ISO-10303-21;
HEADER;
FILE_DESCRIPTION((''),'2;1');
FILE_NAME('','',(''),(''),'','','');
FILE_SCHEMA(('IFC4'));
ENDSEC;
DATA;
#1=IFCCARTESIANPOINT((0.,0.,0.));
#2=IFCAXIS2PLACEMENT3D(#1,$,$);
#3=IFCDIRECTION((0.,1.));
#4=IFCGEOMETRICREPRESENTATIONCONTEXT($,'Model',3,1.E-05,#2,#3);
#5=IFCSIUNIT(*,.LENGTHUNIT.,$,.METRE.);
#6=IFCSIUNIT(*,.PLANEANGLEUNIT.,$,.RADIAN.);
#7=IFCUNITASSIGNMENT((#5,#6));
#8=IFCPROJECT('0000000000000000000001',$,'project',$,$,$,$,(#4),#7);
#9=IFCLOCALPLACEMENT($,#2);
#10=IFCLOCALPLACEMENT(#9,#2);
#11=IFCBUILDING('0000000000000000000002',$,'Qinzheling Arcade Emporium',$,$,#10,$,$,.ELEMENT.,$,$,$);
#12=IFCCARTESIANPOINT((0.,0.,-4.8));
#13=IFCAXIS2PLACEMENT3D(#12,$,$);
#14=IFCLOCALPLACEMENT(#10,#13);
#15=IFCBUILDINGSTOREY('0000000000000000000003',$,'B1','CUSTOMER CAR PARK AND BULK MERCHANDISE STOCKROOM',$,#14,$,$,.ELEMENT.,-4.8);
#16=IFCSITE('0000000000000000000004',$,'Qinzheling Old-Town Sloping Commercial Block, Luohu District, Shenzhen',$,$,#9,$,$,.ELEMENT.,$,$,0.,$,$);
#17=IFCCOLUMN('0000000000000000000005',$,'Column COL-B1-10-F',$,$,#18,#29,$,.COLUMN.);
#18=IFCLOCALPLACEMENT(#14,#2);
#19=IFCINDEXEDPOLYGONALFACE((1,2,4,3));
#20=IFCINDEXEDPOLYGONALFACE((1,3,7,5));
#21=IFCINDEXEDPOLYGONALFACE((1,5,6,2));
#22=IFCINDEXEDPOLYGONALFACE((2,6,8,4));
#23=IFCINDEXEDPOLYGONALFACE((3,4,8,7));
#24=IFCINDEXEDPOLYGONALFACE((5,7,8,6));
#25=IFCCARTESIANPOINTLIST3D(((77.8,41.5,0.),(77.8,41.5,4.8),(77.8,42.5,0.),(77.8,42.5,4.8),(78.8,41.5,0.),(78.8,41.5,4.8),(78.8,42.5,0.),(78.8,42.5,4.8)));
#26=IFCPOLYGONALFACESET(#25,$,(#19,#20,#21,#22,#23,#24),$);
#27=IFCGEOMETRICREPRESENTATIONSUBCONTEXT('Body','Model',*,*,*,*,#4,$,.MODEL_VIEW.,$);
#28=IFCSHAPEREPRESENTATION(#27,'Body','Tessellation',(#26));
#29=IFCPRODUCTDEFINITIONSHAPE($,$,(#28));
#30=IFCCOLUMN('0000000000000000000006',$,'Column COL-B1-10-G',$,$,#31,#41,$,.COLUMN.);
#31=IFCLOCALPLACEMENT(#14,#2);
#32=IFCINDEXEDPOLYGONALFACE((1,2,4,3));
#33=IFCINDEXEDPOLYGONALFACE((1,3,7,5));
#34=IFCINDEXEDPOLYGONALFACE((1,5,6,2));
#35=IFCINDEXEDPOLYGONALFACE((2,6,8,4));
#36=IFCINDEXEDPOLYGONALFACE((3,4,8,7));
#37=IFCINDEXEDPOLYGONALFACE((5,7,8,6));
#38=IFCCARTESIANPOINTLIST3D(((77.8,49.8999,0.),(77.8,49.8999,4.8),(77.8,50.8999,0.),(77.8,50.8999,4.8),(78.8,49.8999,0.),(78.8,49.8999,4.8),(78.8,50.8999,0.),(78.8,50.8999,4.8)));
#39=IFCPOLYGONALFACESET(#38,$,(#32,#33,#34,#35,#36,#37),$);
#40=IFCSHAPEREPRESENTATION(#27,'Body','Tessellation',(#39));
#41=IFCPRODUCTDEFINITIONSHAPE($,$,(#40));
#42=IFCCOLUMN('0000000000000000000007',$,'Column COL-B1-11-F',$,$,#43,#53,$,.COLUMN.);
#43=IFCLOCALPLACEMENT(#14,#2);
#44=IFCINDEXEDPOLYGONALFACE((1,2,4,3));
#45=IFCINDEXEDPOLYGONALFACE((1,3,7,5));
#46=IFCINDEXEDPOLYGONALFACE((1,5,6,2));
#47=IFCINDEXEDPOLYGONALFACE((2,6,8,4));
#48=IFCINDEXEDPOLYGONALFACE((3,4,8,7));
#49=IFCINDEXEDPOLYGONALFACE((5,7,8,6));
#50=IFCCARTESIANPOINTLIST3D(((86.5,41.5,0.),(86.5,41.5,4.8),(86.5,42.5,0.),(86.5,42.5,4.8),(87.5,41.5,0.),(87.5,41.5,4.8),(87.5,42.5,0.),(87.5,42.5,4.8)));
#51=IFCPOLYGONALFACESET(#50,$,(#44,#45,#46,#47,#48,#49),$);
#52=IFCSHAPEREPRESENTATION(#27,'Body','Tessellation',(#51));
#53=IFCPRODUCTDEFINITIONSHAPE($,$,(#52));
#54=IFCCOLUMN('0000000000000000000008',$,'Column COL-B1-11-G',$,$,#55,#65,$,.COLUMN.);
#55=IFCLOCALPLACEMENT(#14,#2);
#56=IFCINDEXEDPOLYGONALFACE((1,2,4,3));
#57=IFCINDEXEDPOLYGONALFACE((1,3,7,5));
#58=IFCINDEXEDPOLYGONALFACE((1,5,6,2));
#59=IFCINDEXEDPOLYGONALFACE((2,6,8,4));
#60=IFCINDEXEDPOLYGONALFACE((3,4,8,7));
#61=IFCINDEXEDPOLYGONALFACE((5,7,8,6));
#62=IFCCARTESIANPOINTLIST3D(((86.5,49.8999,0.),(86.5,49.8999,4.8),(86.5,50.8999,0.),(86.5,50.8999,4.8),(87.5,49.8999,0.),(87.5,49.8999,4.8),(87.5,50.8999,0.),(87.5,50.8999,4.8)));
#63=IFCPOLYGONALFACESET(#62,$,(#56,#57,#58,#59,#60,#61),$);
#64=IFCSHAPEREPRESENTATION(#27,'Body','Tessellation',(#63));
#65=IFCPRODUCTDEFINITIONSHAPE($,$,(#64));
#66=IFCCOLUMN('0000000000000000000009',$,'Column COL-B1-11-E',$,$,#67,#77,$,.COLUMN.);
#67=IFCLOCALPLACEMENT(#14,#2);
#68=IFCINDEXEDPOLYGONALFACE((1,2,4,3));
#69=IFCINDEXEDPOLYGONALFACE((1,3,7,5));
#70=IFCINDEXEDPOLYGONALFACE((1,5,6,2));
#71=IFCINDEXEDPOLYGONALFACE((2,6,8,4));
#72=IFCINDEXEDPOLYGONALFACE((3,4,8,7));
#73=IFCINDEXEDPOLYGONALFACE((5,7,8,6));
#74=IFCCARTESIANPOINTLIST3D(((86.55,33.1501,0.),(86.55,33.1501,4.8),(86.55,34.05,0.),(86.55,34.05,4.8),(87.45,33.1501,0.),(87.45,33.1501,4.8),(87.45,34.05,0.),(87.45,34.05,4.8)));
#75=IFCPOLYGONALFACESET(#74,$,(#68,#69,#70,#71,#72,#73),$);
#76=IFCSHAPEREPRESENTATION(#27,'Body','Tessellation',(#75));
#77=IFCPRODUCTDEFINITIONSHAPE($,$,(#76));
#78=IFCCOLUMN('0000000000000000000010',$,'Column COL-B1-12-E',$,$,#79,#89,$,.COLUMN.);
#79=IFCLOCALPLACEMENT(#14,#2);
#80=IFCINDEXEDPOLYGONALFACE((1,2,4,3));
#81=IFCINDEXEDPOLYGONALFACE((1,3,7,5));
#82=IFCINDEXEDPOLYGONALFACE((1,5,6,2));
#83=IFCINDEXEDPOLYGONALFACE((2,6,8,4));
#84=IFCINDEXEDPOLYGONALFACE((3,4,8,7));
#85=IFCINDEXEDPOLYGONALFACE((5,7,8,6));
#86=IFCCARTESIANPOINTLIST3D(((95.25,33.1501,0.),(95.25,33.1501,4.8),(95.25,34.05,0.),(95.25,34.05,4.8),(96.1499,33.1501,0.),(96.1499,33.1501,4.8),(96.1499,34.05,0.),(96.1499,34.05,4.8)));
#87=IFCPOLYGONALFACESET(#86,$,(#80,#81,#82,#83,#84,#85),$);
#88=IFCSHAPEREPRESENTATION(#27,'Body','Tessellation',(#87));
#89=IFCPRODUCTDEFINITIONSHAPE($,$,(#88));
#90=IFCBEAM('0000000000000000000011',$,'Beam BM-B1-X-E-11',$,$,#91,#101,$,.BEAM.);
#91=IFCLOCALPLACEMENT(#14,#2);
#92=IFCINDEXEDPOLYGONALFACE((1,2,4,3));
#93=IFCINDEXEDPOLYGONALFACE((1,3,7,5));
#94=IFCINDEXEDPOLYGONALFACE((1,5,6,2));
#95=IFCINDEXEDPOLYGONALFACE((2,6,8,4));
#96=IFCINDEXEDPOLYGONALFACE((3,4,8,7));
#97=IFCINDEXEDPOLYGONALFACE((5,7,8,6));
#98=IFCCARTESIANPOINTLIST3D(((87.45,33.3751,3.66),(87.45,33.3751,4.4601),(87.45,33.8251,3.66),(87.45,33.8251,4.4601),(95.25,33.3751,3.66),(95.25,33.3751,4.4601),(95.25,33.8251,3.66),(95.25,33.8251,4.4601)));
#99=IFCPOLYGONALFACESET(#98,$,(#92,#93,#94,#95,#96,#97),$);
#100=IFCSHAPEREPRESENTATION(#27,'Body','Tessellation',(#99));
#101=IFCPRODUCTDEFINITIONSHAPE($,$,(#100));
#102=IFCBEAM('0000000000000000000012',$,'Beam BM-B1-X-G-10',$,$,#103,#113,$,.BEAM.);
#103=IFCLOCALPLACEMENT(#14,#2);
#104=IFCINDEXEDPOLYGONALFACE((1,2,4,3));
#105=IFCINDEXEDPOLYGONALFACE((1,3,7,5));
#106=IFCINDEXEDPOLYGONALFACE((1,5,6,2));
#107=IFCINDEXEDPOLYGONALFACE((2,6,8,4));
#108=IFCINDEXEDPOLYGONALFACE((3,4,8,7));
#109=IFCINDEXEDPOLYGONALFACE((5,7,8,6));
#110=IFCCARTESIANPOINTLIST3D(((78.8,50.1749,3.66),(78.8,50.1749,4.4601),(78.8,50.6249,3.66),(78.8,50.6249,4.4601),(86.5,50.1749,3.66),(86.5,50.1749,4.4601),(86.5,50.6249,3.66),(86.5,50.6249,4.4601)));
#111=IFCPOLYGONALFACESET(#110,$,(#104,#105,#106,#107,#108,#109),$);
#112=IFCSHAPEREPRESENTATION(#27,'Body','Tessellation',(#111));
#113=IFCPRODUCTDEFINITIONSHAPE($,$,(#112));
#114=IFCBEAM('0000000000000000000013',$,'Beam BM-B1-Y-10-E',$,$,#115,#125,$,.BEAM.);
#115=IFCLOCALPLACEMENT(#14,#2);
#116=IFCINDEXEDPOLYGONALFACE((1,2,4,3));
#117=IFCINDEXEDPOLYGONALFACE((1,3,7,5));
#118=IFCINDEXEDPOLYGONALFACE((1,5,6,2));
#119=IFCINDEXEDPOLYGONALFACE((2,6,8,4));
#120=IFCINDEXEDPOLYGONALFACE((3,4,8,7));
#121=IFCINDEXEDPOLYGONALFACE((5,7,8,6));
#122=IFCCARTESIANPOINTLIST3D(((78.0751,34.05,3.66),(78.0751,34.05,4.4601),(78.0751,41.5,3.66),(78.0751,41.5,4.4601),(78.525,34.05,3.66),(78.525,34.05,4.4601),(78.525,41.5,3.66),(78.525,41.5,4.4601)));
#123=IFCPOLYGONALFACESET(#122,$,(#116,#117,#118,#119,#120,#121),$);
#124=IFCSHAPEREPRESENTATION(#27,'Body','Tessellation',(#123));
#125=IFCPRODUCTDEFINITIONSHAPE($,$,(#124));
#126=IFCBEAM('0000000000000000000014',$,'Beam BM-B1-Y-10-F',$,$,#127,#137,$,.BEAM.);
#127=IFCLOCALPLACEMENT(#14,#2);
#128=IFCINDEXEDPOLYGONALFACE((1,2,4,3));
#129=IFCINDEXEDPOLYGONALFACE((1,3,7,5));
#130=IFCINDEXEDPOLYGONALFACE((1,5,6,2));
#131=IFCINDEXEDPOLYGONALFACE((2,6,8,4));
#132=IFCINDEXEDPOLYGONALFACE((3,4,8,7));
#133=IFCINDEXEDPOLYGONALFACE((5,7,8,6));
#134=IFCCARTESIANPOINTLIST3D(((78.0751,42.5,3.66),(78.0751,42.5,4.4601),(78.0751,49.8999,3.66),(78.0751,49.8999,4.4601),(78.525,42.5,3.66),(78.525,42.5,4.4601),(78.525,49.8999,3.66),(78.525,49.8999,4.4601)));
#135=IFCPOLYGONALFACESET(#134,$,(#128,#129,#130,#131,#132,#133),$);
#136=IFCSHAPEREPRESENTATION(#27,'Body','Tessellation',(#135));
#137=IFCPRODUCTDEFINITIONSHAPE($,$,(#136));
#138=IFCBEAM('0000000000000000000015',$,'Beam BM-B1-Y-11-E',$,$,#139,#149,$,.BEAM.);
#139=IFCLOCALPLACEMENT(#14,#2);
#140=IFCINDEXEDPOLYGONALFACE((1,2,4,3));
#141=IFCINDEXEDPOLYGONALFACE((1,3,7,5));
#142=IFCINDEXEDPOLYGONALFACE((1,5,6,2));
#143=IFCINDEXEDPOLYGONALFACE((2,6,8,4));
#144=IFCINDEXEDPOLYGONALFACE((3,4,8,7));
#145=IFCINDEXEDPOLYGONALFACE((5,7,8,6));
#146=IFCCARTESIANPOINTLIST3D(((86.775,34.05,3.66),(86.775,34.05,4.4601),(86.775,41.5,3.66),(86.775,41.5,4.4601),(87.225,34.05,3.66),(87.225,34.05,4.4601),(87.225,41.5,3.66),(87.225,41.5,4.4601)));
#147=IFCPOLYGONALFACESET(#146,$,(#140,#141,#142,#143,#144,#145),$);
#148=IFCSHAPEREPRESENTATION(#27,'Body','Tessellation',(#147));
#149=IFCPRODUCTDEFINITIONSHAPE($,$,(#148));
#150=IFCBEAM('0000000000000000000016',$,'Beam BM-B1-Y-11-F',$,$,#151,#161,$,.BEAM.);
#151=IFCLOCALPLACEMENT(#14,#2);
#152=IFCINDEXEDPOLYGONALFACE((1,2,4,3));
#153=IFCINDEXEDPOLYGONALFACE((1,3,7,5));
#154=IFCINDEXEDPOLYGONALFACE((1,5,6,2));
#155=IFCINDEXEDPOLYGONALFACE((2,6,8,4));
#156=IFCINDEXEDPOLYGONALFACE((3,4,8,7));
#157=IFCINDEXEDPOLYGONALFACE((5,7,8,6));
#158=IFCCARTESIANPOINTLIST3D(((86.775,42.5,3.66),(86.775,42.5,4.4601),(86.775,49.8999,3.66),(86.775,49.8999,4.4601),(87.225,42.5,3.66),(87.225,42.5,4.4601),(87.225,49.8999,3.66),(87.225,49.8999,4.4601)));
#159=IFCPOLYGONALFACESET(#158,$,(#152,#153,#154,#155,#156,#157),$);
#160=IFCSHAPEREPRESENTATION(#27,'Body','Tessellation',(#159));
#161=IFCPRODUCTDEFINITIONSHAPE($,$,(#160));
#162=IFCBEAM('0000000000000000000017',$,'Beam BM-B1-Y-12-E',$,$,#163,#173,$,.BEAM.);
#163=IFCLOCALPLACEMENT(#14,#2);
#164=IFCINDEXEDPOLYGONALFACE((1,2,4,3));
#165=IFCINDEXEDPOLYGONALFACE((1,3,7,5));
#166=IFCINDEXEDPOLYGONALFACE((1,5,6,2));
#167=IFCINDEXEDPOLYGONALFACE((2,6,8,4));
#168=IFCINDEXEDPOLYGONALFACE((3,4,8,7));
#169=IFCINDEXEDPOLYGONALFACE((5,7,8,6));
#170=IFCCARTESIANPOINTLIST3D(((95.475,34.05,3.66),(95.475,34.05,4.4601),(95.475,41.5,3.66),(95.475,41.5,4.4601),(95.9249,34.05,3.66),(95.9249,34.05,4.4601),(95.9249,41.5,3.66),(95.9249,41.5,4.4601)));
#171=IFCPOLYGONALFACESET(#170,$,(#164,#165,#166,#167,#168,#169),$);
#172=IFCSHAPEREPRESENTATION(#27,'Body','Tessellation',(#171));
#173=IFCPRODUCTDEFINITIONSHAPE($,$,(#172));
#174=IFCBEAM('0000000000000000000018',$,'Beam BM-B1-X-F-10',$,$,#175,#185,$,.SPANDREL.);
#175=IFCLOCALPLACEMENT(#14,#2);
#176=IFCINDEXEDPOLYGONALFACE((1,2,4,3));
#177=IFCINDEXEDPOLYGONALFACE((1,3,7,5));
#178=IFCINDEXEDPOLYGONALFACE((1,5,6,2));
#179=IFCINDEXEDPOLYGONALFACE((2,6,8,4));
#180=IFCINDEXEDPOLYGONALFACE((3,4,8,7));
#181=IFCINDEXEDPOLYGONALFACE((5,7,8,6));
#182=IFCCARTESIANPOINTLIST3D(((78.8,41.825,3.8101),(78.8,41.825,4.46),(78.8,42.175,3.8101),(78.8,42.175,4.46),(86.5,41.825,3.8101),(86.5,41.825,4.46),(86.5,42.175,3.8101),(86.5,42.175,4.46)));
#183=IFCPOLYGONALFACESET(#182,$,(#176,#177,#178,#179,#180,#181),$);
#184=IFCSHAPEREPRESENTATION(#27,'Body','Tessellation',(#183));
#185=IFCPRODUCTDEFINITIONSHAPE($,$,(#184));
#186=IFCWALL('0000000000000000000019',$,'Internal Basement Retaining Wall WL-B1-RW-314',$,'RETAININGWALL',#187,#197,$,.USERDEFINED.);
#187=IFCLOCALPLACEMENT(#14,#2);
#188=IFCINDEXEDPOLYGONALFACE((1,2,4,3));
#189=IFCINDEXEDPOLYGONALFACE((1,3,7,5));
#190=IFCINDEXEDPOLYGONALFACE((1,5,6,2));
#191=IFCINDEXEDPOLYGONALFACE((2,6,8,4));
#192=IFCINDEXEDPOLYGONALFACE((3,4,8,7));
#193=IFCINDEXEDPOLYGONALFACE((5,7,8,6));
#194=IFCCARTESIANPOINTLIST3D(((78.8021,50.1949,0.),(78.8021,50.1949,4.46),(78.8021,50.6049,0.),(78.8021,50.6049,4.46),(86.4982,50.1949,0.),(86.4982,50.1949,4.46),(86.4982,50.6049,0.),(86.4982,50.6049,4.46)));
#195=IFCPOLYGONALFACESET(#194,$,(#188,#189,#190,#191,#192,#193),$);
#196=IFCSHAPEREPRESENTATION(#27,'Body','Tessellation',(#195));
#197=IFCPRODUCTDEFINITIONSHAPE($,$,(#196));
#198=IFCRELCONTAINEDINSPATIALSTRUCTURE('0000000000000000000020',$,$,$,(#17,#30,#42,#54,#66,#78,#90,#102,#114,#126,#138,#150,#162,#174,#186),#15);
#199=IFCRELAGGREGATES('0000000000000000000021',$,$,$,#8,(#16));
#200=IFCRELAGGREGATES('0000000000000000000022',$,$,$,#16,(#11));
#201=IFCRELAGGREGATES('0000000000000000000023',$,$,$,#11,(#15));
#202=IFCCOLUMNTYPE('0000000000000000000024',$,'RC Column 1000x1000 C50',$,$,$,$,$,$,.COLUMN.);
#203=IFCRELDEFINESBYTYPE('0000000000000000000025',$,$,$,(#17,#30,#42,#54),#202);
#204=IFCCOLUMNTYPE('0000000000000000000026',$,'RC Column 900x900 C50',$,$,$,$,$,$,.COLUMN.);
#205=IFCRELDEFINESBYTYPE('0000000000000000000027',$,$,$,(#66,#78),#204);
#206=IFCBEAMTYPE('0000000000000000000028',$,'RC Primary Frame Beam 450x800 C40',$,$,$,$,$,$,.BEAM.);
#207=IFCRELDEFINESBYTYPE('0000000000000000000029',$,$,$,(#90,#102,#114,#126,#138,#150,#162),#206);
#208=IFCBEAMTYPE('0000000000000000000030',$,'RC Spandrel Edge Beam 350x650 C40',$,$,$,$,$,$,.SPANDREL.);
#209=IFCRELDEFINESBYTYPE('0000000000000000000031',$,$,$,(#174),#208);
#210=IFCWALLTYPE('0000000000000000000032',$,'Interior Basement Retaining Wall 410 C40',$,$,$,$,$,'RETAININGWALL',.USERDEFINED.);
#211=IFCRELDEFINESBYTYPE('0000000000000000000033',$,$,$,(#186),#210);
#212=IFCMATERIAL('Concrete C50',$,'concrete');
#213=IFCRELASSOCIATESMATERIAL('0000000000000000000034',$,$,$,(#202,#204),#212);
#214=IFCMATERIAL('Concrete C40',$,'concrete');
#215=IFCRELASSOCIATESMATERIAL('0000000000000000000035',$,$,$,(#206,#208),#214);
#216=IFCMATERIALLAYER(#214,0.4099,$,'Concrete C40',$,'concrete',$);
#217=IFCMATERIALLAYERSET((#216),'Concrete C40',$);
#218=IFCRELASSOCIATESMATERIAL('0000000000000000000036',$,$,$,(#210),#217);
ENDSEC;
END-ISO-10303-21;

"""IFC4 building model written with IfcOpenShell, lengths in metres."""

from ifc_helpers import new_model, si_unit, direction, frame, frame_2d, origin, origin_2d, place, context, subcontext, project, spatial, rectangle, extrude, material, layer, layer_set, material_profile, profile_set, type_object, element, save


model = new_model("IFC4")

# Units and contexts
model_context = context("Model", 3, precision=1e-05, world=origin(), true_north=direction((0.0, 1.0)))
body_context = subcontext(model_context, "Body", "Model", "MODEL_VIEW")
ifc_project = project(units=[si_unit("LENGTHUNIT", "METRE"), si_unit("PLANEANGLEUNIT", "RADIAN")], contexts=[model_context])

# Site, building, storey
site_placement = place(None, origin())
site = spatial("IfcSite", under=ifc_project, at=site_placement, Name="Qinzheling Old-Town Sloping Commercial Block, Luohu District, Shenzhen", CompositionType="ELEMENT", RefElevation=0.0)
building_placement = place(site_placement, origin())
building = spatial("IfcBuilding", under=site, at=building_placement, Name="Qinzheling Arcade Emporium", CompositionType="ELEMENT")
storey_placement = place(building_placement, frame((0.0, 0.0, -4.8)))
storey = spatial("IfcBuildingStorey", under=building, at=storey_placement, Name="B1", Description="CUSTOMER CAR PARK AND BULK MERCHANDISE STOCKROOM", CompositionType="ELEMENT", Elevation=-4.8)

# Columns
ifc_material_1 = material(Name="Concrete C50", Category="concrete")
ifc_material_profile_1 = material_profile(ifc_material_1, rectangle(XDim=1.0, YDim=1.0, at=origin_2d()), Name="RC 1000x1000", Category="concrete")
ifc_profile_set_1 = profile_set([ifc_material_profile_1], Name="Concrete C50")
column_type_1 = type_object("IfcColumnType", Name="RC Column 1000x1000 C50", PredefinedType="COLUMN", material=ifc_profile_set_1)
for number, where, z_axis, x_axis, name in (
    (1, (78.3, 42.0, 0.0), (0.0, 0.0, 1.0), (1.0, 0.0, 0.0), "Column COL-B1-10-F"),
    (2, (78.3, 50.3999, 0.0), (0.0, 0.0, 1.0), (1.0, 0.0, 0.0), "Column COL-B1-10-G"),
    (3, (87.0, 42.0, 0.0), (0.0, 0.0, 1.0), (1.0, 0.0, 0.0), "Column COL-B1-11-F"),
    (4, (87.0, 50.3999, 0.0), (0.0, 0.0, 1.0), (1.0, 0.0, 0.0), "Column COL-B1-11-G"),
):
    element("IfcColumn", number, at=place(storey_placement, frame(where, z_axis=z_axis, x_axis=x_axis)), inside=storey, type_object=column_type_1, Name=name, PredefinedType="COLUMN", context=body_context, shape_type="SweptSolid", body=[
        extrude(rectangle(XDim=1.0, YDim=1.0, at=origin_2d()), origin(), (0.0, 0.0, 1.0), 4.8),
    ])
ifc_material_profile_2 = material_profile(ifc_material_1, rectangle(XDim=0.8999, YDim=0.8999, at=origin_2d()), Name="RC 900x900", Category="concrete")
ifc_profile_set_2 = profile_set([ifc_material_profile_2], Name="Concrete C50")
column_type_2 = type_object("IfcColumnType", Name="RC Column 900x900 C50", PredefinedType="COLUMN", material=ifc_profile_set_2)
for number, where, z_axis, x_axis, name in (
    (5, (87.0, 33.6001, 0.0), (0.0, 0.0, 1.0), (1.0, 0.0, 0.0), "Column COL-B1-11-E"),
    (6, (95.7, 33.6001, 0.0), (0.0, 0.0, 1.0), (1.0, 0.0, 0.0), "Column COL-B1-12-E"),
):
    element("IfcColumn", number, at=place(storey_placement, frame(where, z_axis=z_axis, x_axis=x_axis)), inside=storey, type_object=column_type_2, Name=name, PredefinedType="COLUMN", context=body_context, shape_type="SweptSolid", body=[
        extrude(rectangle(XDim=0.8999, YDim=0.8999, at=origin_2d()), origin(), (0.0, 0.0, 1.0), 4.8),
    ])

# Beams
ifc_material_2 = material(Name="Concrete C40", Category="concrete")
ifc_material_profile_3 = material_profile(ifc_material_2, rectangle(XDim=0.45, YDim=0.8, at=origin_2d()), Name="RC 450x800", Category="concrete")
ifc_profile_set_3 = profile_set([ifc_material_profile_3], Name="Concrete C40")
beam_type_1 = type_object("IfcBeamType", Name="RC Primary Frame Beam 450x800 C40", PredefinedType="BEAM", material=ifc_profile_set_3)
beam_1_placement = place(storey_placement, frame((87.45, 33.6001, 4.0601), z_axis=(1.0, 0.0, 0.0), x_axis=(0.0, 1.0, 0.0)))
element("IfcBeam", 7, at=beam_1_placement, inside=storey, type_object=beam_type_1, Name="Beam BM-B1-X-E-11", PredefinedType="BEAM", context=body_context, shape_type="SweptSolid", body=[
    extrude(rectangle(XDim=0.45, YDim=0.8, at=origin_2d()), origin(), (0.0, 0.0, 1.0), 7.8),
])
beam_2_placement = place(storey_placement, frame((78.8, 50.3999, 4.0601), z_axis=(1.0, 0.0, 0.0), x_axis=(0.0, 1.0, 0.0)))
element("IfcBeam", 8, at=beam_2_placement, inside=storey, type_object=beam_type_1, Name="Beam BM-B1-X-G-10", PredefinedType="BEAM", context=body_context, shape_type="SweptSolid", body=[
    extrude(rectangle(XDim=0.45, YDim=0.8, at=origin_2d()), origin(), (0.0, 0.0, 1.0), 7.7),
])
beam_3_placement = place(storey_placement, frame((78.3, 34.05, 4.0601), z_axis=(0.0, 1.0, 0.0), x_axis=(-1.0, 0.0, 0.0)))
element("IfcBeam", 9, at=beam_3_placement, inside=storey, type_object=beam_type_1, Name="Beam BM-B1-Y-10-E", PredefinedType="BEAM", context=body_context, shape_type="SweptSolid", body=[
    extrude(rectangle(XDim=0.45, YDim=0.8, at=origin_2d()), origin(), (0.0, 0.0, 1.0), 7.45),
])
beam_4_placement = place(storey_placement, frame((78.3, 42.5, 4.0601), z_axis=(0.0, 1.0, 0.0), x_axis=(-1.0, 0.0, 0.0)))
element("IfcBeam", 10, at=beam_4_placement, inside=storey, type_object=beam_type_1, Name="Beam BM-B1-Y-10-F", PredefinedType="BEAM", context=body_context, shape_type="SweptSolid", body=[
    extrude(rectangle(XDim=0.45, YDim=0.8, at=origin_2d()), origin(), (0.0, 0.0, 1.0), 7.3999),
])
beam_5_placement = place(storey_placement, frame((87.0, 34.05, 4.0601), z_axis=(0.0, 1.0, 0.0), x_axis=(-1.0, 0.0, 0.0)))
element("IfcBeam", 11, at=beam_5_placement, inside=storey, type_object=beam_type_1, Name="Beam BM-B1-Y-11-E", PredefinedType="BEAM", context=body_context, shape_type="SweptSolid", body=[
    extrude(rectangle(XDim=0.45, YDim=0.8, at=origin_2d()), origin(), (0.0, 0.0, 1.0), 7.45),
])
beam_6_placement = place(storey_placement, frame((87.0, 42.5, 4.0601), z_axis=(0.0, 1.0, 0.0), x_axis=(-1.0, 0.0, 0.0)))
element("IfcBeam", 12, at=beam_6_placement, inside=storey, type_object=beam_type_1, Name="Beam BM-B1-Y-11-F", PredefinedType="BEAM", context=body_context, shape_type="SweptSolid", body=[
    extrude(rectangle(XDim=0.45, YDim=0.8, at=origin_2d()), origin(), (0.0, 0.0, 1.0), 7.3999),
])
beam_7_placement = place(storey_placement, frame((95.7, 34.05, 4.0601), z_axis=(0.0, 1.0, 0.0), x_axis=(-1.0, 0.0, 0.0)))
element("IfcBeam", 13, at=beam_7_placement, inside=storey, type_object=beam_type_1, Name="Beam BM-B1-Y-12-E", PredefinedType="BEAM", context=body_context, shape_type="SweptSolid", body=[
    extrude(rectangle(XDim=0.45, YDim=0.8, at=origin_2d()), origin(), (0.0, 0.0, 1.0), 7.45),
])
ifc_material_profile_4 = material_profile(ifc_material_2, rectangle(XDim=0.3501, YDim=0.6499, at=origin_2d()), Name="RC 350x650", Category="concrete")
ifc_profile_set_4 = profile_set([ifc_material_profile_4], Name="Concrete C40")
beam_type_2 = type_object("IfcBeamType", Name="RC Spandrel Edge Beam 350x650 C40", PredefinedType="SPANDREL", material=ifc_profile_set_4)
beam_8_placement = place(storey_placement, frame((78.8, 42.0, 4.135), z_axis=(1.0, 0.0, 0.0), x_axis=(0.0, 1.0, 0.0)))
element("IfcBeam", 14, at=beam_8_placement, inside=storey, type_object=beam_type_2, Name="Beam BM-B1-X-F-10", PredefinedType="SPANDREL", context=body_context, shape_type="SweptSolid", body=[
    extrude(rectangle(XDim=0.3501, YDim=0.6499, at=origin_2d()), origin(), (0.0, 0.0, 1.0), 7.7),
])

# Wall
ifc_layer_1 = layer(ifc_material_2, 0.4099, Name="Concrete C40", Category="concrete")
ifc_layer_set_1 = layer_set([ifc_layer_1], Name="Concrete C40")
wall_type_1 = type_object("IfcWallType", Name="Interior Basement Retaining Wall 410 C40", ElementType="RETAININGWALL", PredefinedType="USERDEFINED", material=ifc_layer_set_1)
for number, where, z_axis, x_axis, name in (
    (15, (78.802, 50.3999, 0.0), (0.0, 0.0, 1.0), (1.0, 0.0, 0.0), "Internal Basement Retaining Wall WL-B1-RW-314"),
):
    element("IfcWall", number, at=place(storey_placement, frame(where, z_axis=z_axis, x_axis=x_axis)), inside=storey, type_object=wall_type_1, Name=name, ObjectType="RETAININGWALL", PredefinedType="USERDEFINED", context=body_context, shape_type="SweptSolid", body=[
        extrude(rectangle(XDim=7.696, YDim=0.4099, at=frame_2d((3.8481, 0.0))), origin(), (0.0, 0.0, 1.0), 4.46),
    ])

save(model, "model.ifc")
